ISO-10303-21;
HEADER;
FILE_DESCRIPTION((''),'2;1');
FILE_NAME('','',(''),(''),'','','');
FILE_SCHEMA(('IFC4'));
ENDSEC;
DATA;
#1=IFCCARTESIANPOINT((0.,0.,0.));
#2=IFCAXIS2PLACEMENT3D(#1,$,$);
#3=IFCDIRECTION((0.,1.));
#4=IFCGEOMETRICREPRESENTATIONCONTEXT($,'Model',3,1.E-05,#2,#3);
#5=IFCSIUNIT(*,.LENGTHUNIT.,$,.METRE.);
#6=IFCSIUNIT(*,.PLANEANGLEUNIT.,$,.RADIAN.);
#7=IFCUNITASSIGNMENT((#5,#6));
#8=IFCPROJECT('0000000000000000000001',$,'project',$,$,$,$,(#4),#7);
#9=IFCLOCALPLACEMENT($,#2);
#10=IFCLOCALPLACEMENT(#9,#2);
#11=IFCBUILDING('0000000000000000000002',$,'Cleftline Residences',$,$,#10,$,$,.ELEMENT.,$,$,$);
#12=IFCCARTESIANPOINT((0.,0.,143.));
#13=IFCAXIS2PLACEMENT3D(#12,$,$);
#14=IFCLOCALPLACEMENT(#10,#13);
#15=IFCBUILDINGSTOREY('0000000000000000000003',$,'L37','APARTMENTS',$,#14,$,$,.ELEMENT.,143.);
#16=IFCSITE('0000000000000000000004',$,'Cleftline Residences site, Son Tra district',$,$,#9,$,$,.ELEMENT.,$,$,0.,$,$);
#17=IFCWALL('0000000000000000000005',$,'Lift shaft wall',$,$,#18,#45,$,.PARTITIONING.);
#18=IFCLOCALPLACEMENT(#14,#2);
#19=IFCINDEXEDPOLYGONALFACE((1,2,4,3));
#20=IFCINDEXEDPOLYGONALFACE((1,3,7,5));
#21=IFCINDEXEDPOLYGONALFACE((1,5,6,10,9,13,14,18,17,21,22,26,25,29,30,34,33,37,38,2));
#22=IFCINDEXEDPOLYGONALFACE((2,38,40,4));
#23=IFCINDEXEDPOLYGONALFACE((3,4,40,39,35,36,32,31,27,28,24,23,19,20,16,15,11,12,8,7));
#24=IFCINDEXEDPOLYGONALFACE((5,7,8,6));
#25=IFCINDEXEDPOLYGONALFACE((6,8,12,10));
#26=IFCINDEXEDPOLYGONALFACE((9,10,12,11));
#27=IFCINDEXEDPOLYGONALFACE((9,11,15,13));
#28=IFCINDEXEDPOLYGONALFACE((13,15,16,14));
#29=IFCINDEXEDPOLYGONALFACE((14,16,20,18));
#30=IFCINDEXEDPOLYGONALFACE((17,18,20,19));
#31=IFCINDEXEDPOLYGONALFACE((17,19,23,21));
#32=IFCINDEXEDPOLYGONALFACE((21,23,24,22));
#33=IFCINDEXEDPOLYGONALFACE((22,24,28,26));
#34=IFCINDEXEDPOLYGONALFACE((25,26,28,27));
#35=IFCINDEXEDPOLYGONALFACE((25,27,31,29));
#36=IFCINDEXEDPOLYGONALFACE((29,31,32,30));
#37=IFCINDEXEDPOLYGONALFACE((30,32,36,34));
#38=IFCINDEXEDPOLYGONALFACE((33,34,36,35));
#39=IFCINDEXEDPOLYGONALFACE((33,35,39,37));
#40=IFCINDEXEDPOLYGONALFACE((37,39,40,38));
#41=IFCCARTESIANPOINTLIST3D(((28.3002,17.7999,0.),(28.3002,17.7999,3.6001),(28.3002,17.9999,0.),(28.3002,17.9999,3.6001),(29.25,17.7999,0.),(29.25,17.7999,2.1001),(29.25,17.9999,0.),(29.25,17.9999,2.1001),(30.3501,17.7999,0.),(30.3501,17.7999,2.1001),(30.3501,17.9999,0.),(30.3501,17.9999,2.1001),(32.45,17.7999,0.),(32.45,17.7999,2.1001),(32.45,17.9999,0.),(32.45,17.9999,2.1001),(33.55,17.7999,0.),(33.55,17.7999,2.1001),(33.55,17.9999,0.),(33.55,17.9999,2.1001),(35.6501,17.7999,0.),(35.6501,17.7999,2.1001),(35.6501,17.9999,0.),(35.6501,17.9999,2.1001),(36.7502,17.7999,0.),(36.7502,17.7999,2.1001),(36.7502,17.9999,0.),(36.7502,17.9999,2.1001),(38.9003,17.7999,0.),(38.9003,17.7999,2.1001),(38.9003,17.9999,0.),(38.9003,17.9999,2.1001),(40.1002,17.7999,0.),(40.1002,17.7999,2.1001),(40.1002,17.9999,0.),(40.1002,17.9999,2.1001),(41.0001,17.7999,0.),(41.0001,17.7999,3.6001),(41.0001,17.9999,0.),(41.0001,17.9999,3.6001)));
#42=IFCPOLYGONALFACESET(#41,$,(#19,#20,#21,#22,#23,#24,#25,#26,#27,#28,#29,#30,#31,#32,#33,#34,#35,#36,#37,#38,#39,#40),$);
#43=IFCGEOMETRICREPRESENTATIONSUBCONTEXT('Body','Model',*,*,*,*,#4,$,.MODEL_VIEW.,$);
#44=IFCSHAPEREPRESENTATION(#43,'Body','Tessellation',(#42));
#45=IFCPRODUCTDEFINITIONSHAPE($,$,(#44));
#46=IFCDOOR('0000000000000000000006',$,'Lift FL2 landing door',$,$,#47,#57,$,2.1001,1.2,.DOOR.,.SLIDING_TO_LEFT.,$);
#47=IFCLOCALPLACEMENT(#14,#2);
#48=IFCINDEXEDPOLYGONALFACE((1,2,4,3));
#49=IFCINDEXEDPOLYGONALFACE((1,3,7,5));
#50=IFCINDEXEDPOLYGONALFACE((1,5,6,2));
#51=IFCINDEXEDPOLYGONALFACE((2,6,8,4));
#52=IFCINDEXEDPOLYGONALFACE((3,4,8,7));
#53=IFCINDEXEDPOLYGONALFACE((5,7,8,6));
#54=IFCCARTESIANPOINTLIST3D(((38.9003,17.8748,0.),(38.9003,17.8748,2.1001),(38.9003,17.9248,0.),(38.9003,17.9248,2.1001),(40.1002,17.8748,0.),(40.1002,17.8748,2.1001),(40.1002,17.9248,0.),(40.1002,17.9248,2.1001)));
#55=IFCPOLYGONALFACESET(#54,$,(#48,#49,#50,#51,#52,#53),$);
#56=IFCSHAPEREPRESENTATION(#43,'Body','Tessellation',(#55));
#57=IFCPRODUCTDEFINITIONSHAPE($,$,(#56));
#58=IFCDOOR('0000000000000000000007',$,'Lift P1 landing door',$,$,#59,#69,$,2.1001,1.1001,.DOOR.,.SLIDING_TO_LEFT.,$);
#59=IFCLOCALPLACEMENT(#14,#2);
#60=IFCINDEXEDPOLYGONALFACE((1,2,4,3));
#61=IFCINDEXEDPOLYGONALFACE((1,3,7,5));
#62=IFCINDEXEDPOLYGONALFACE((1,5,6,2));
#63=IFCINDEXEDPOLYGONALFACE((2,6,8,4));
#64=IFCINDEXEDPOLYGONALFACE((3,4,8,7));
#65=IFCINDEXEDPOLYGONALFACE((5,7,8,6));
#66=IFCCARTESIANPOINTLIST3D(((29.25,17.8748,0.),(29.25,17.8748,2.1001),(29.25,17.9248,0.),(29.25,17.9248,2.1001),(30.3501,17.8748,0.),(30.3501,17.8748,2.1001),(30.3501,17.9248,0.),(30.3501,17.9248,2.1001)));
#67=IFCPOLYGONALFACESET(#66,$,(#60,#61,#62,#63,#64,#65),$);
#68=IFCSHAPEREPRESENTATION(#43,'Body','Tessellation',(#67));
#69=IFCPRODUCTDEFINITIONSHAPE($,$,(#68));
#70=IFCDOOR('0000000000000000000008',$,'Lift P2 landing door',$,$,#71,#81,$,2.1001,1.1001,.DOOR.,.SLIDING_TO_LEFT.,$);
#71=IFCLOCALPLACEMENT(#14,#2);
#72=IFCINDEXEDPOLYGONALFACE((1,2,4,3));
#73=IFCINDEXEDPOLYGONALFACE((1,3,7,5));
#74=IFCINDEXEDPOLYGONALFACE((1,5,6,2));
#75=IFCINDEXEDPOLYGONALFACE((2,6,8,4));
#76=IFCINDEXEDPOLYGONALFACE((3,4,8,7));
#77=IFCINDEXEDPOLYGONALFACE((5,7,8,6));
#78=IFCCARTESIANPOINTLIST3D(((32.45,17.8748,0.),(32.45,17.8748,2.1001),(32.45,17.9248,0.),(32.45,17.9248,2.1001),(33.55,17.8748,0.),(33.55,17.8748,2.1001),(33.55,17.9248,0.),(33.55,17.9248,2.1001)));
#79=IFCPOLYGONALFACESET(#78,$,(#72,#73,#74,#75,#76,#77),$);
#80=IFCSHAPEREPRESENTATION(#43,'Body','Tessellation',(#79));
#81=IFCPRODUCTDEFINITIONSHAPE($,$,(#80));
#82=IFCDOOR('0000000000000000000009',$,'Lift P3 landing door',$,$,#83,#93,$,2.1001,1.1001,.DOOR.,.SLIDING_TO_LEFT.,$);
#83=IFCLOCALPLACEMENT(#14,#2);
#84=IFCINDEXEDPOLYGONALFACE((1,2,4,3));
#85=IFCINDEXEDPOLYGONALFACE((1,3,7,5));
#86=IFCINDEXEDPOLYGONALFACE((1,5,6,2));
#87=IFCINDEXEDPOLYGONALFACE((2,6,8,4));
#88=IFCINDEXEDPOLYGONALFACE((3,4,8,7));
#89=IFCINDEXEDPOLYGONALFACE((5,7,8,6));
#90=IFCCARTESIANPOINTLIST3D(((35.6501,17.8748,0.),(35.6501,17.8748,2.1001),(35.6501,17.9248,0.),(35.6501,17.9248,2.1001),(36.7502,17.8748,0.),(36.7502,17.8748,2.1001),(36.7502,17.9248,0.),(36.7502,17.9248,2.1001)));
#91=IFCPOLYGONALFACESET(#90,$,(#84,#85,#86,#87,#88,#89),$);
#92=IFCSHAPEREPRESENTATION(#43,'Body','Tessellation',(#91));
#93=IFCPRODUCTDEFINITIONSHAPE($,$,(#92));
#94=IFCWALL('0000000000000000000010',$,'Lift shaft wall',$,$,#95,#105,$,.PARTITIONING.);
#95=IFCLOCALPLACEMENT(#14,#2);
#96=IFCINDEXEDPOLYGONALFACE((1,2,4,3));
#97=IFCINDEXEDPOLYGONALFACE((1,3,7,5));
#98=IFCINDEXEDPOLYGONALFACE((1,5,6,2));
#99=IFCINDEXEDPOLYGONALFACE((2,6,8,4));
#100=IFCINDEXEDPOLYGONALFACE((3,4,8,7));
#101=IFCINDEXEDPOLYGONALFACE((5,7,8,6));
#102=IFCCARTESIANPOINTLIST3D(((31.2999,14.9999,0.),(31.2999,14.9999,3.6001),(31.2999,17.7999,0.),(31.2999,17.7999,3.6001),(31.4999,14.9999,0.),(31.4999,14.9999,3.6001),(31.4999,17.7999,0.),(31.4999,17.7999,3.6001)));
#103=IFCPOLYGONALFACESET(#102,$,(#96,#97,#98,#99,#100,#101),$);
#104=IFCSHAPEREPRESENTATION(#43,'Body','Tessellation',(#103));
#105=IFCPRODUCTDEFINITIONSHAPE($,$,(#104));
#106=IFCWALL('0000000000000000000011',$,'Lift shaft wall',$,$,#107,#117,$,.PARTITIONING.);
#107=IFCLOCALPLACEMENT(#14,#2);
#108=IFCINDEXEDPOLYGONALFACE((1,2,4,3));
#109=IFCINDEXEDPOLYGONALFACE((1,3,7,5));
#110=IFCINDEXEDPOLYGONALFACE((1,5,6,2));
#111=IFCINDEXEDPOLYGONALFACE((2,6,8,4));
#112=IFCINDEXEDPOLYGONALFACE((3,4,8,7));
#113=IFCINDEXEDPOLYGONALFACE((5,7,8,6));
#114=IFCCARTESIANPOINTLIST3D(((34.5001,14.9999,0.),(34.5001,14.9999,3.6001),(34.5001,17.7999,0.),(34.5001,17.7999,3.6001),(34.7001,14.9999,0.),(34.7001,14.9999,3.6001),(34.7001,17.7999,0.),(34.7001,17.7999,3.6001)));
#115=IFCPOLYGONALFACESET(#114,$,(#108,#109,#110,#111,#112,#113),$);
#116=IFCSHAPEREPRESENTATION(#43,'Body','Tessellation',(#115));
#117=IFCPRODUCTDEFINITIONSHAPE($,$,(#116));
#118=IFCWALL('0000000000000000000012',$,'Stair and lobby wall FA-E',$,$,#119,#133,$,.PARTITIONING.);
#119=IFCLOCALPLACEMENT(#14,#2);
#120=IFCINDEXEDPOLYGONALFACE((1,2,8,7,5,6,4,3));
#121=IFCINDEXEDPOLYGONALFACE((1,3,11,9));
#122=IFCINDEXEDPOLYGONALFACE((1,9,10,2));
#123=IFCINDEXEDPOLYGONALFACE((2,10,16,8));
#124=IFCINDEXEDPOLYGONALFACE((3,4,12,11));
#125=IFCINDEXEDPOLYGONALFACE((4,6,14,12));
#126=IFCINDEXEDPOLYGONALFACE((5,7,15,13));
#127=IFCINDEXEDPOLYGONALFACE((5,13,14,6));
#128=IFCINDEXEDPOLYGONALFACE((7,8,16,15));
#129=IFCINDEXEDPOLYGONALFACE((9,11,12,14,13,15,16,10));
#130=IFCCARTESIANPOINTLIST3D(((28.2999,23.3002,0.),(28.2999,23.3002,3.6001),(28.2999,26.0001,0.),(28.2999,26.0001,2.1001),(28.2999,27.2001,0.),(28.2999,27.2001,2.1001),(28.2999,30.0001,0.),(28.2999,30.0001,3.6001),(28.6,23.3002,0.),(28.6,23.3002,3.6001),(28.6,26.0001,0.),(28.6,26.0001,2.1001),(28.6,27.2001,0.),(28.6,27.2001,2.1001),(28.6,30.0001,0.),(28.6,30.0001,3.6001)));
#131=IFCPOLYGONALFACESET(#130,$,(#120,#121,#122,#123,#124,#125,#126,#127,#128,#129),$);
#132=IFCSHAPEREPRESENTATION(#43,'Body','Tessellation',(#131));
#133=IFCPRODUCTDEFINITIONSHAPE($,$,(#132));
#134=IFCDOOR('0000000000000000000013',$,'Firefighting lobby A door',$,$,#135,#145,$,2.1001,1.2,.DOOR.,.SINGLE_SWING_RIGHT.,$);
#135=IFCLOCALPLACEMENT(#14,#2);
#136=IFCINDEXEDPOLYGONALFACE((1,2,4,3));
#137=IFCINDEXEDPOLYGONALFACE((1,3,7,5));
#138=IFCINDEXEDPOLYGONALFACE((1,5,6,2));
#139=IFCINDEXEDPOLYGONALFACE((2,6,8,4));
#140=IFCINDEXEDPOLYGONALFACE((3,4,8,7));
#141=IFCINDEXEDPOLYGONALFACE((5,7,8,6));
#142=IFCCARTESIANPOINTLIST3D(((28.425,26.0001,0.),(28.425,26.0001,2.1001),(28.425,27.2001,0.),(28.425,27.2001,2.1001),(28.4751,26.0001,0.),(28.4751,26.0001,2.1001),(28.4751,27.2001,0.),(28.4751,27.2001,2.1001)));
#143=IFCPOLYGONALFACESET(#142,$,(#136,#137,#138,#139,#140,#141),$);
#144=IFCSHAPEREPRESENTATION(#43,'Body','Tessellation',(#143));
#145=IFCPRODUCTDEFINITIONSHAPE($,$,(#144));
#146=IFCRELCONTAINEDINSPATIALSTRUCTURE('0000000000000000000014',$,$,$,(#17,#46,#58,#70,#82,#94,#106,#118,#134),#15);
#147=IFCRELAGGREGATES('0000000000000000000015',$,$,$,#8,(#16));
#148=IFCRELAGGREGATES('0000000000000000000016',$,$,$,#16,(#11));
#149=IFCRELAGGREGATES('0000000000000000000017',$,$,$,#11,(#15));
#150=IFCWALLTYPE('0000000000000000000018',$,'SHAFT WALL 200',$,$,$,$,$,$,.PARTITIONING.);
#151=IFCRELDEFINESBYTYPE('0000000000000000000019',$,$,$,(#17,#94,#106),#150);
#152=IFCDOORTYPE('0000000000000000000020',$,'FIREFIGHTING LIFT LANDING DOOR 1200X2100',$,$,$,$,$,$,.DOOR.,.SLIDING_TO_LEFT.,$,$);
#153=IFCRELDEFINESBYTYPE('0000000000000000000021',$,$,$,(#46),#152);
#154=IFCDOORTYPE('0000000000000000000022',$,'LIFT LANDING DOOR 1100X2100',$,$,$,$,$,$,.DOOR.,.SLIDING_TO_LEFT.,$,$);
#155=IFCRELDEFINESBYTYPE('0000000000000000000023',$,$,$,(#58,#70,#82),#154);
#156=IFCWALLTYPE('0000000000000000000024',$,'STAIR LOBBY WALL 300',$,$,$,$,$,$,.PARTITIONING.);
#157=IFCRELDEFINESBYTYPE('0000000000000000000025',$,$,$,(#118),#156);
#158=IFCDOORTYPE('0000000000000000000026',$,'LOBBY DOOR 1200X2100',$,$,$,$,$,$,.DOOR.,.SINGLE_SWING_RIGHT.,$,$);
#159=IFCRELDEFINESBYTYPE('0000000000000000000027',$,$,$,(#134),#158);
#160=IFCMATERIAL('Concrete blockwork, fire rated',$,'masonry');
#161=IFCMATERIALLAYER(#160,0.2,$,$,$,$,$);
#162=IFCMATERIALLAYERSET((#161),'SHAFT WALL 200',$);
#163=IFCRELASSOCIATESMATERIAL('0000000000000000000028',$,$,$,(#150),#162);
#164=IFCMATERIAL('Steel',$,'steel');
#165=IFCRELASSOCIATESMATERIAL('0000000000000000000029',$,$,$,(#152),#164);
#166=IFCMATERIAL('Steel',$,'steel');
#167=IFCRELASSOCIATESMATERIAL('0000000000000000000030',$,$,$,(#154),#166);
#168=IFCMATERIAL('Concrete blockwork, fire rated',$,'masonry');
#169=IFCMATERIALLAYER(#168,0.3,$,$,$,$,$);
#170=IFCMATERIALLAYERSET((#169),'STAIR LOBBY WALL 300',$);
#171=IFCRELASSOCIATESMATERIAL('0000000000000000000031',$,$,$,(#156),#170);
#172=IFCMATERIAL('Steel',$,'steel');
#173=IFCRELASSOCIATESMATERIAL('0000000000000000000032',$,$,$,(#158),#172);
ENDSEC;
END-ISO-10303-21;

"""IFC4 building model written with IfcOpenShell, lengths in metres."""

from ifc_helpers import new_model, si_unit, direction, frame, frame_2d, origin, place, context, subcontext, project, spatial, rectangle, extrude, material, layer, layer_set, type_object, element, fill, save


model = new_model("IFC4")

# Units and contexts
model_context = context("Model", 3, precision=1e-05, world=origin(), true_north=direction((0.0, 1.0)))
body_context = subcontext(model_context, "Body", "Model", "MODEL_VIEW")
ifc_project = project(units=[si_unit("LENGTHUNIT", "METRE"), si_unit("PLANEANGLEUNIT", "RADIAN")], contexts=[model_context])

# Site, building, storey
site_placement = place(None, origin())
site = spatial("IfcSite", under=ifc_project, at=site_placement, Name="Cleftline Residences site, Son Tra district", CompositionType="ELEMENT", RefElevation=0.0)
building_placement = place(site_placement, origin())
building = spatial("IfcBuilding", under=site, at=building_placement, Name="Cleftline Residences", CompositionType="ELEMENT")
storey_placement = place(building_placement, frame((0.0, 0.0, 143.0)))
storey = spatial("IfcBuildingStorey", under=building, at=storey_placement, Name="L37", Description="APARTMENTS", CompositionType="ELEMENT", Elevation=143.0)

# Wall, openings, doors
ifc_material_1 = material(Name="Concrete blockwork, fire rated", Category="masonry")
ifc_layer_1 = layer(ifc_material_1, 0.2)
ifc_layer_set_1 = layer_set([ifc_layer_1], Name="SHAFT WALL 200")
wall_type_1 = type_object("IfcWallType", Name="SHAFT WALL 200", PredefinedType="PARTITIONING", material=ifc_layer_set_1)
wall_1_placement = place(storey_placement, frame((28.3, 17.8999, 0.0), z_axis=(0.0, 0.0, 1.0), x_axis=(1.0, 0.0, 0.0)))
wall_1 = element("IfcWall", 1, at=wall_1_placement, inside=storey, type_object=wall_type_1, Name="Lift shaft wall", PredefinedType="PARTITIONING", context=body_context, shape_type="SweptSolid", body=[
    extrude(rectangle(XDim=12.7, YDim=0.2, at=frame_2d((6.3501, 0.0))), origin(), (0.0, 0.0, 1.0), 3.6001),
])
opening_1_placement = place(wall_1_placement, frame((0.95, 0.0, 0.0)))
opening_1 = element("IfcOpeningElement", 2, at=opening_1_placement, cuts=wall_1, PredefinedType="OPENING", context=body_context, shape_type="SweptSolid", body=[
    extrude(rectangle(XDim=1.1001, YDim=2.1001, at=frame_2d((0.55, 1.05))), frame((0.0, 0.1099, 0.0), z_axis=(0.0, -1.0, 0.0), x_axis=(1.0, 0.0, 0.0)), (0.0, 0.0, 1.0), 0.22),
])
opening_2_placement = place(wall_1_placement, frame((4.1499, 0.0, 0.0)))
opening_2 = element("IfcOpeningElement", 3, at=opening_2_placement, cuts=wall_1, PredefinedType="OPENING", context=body_context, shape_type="SweptSolid", body=[
    extrude(rectangle(XDim=1.1001, YDim=2.1001, at=frame_2d((0.55, 1.05))), frame((0.0, 0.1099, 0.0), z_axis=(0.0, -1.0, 0.0), x_axis=(1.0, 0.0, 0.0)), (0.0, 0.0, 1.0), 0.22),
])
opening_3_placement = place(wall_1_placement, frame((7.3501, 0.0, 0.0)))
opening_3 = element("IfcOpeningElement", 4, at=opening_3_placement, cuts=wall_1, PredefinedType="OPENING", context=body_context, shape_type="SweptSolid", body=[
    extrude(rectangle(XDim=1.1001, YDim=2.1001, at=frame_2d((0.55, 1.05))), frame((0.0, 0.1099, 0.0), z_axis=(0.0, -1.0, 0.0), x_axis=(1.0, 0.0, 0.0)), (0.0, 0.0, 1.0), 0.22),
])
opening_4_placement = place(wall_1_placement, frame((10.6001, 0.0, 0.0)))
opening_4 = element("IfcOpeningElement", 5, at=opening_4_placement, cuts=wall_1, PredefinedType="OPENING", context=body_context, shape_type="SweptSolid", body=[
    extrude(rectangle(XDim=1.2, YDim=2.1001, at=frame_2d((0.6001, 1.05))), frame((0.0, 0.1099, 0.0), z_axis=(0.0, -1.0, 0.0), x_axis=(1.0, 0.0, 0.0)), (0.0, 0.0, 1.0), 0.22),
])
ifc_material_2 = material(Name="Steel", Category="steel")
door_type_1 = type_object("IfcDoorType", Name="FIREFIGHTING LIFT LANDING DOOR 1200X2100", OperationType="SLIDING_TO_LEFT", PredefinedType="DOOR", material=ifc_material_2)
door_1_placement = place(opening_4_placement, origin())
door_1 = element("IfcDoor", 6, at=door_1_placement, inside=storey, type_object=door_type_1, Name="Lift FL2 landing door", OperationType="SLIDING_TO_LEFT", OverallHeight=2.1001, OverallWidth=1.2, PredefinedType="DOOR", context=body_context, shape_type="SweptSolid", body=[
    extrude(rectangle(XDim=1.2, YDim=2.1001, at=frame_2d((0.6001, 1.05))), frame((0.0, 0.0249, 0.0), z_axis=(0.0, -1.0, 0.0), x_axis=(1.0, 0.0, 0.0)), (0.0, 0.0, 1.0), 0.05),
])
fill(opening_4, door_1)
ifc_material_3 = material(Name="Steel", Category="steel")
door_type_2 = type_object("IfcDoorType", Name="LIFT LANDING DOOR 1100X2100", OperationType="SLIDING_TO_LEFT", PredefinedType="DOOR", material=ifc_material_3)
door_2_placement = place(opening_1_placement, origin())
door_2 = element("IfcDoor", 7, at=door_2_placement, inside=storey, type_object=door_type_2, Name="Lift P1 landing door", OperationType="SLIDING_TO_LEFT", OverallHeight=2.1001, OverallWidth=1.1001, PredefinedType="DOOR", context=body_context, shape_type="SweptSolid", body=[
    extrude(rectangle(XDim=1.1001, YDim=2.1001, at=frame_2d((0.55, 1.05))), frame((0.0, 0.0249, 0.0), z_axis=(0.0, -1.0, 0.0), x_axis=(1.0, 0.0, 0.0)), (0.0, 0.0, 1.0), 0.05),
])
fill(opening_1, door_2)
door_3_placement = place(opening_2_placement, origin())
door_3 = element("IfcDoor", 8, at=door_3_placement, inside=storey, type_object=door_type_2, Name="Lift P2 landing door", OperationType="SLIDING_TO_LEFT", OverallHeight=2.1001, OverallWidth=1.1001, PredefinedType="DOOR", context=body_context, shape_type="SweptSolid", body=[
    extrude(rectangle(XDim=1.1001, YDim=2.1001, at=frame_2d((0.55, 1.05))), frame((0.0, 0.0249, 0.0), z_axis=(0.0, -1.0, 0.0), x_axis=(1.0, 0.0, 0.0)), (0.0, 0.0, 1.0), 0.05),
])
fill(opening_2, door_3)
door_4_placement = place(opening_3_placement, origin())
door_4 = element("IfcDoor", 9, at=door_4_placement, inside=storey, type_object=door_type_2, Name="Lift P3 landing door", OperationType="SLIDING_TO_LEFT", OverallHeight=2.1001, OverallWidth=1.1001, PredefinedType="DOOR", context=body_context, shape_type="SweptSolid", body=[
    extrude(rectangle(XDim=1.1001, YDim=2.1001, at=frame_2d((0.55, 1.05))), frame((0.0, 0.0249, 0.0), z_axis=(0.0, -1.0, 0.0), x_axis=(1.0, 0.0, 0.0)), (0.0, 0.0, 1.0), 0.05),
])
fill(opening_3, door_4)

# Walls
for number, where, z_axis, x_axis, name in (
    (10, (31.3999, 15.0, 0.0), (0.0, 0.0, 1.0), (0.0, 1.0, 0.0), "Lift shaft wall"),
    (11, (34.6001, 15.0, 0.0), (0.0, 0.0, 1.0), (0.0, 1.0, 0.0), "Lift shaft wall"),
):
    element("IfcWall", number, at=place(storey_placement, frame(where, z_axis=z_axis, x_axis=x_axis)), inside=storey, type_object=wall_type_1, Name=name, PredefinedType="PARTITIONING", context=body_context, shape_type="SweptSolid", body=[
        extrude(rectangle(XDim=2.8, YDim=0.2, at=frame_2d((1.3999, 0.0))), origin(), (0.0, 0.0, 1.0), 3.6001),
    ])

# Wall, opening, door
ifc_material_4 = material(Name="Concrete blockwork, fire rated", Category="masonry")
ifc_layer_2 = layer(ifc_material_4, 0.3)
ifc_layer_set_2 = layer_set([ifc_layer_2], Name="STAIR LOBBY WALL 300")
wall_type_2 = type_object("IfcWallType", Name="STAIR LOBBY WALL 300", PredefinedType="PARTITIONING", material=ifc_layer_set_2)
wall_2_placement = place(storey_placement, frame((28.45, 23.3, 0.0), z_axis=(0.0, 0.0, 1.0), x_axis=(0.0, 1.0, 0.0)))
wall_2 = element("IfcWall", 12, at=wall_2_placement, inside=storey, type_object=wall_type_2, Name="Stair and lobby wall FA-E", PredefinedType="PARTITIONING", context=body_context, shape_type="SweptSolid", body=[
    extrude(rectangle(XDim=6.7, YDim=0.3, at=frame_2d((3.3501, 0.0))), origin(), (0.0, 0.0, 1.0), 3.6001),
])
opening_5_placement = place(wall_2_placement, frame((2.7, 0.0, 0.0)))
opening_5 = element("IfcOpeningElement", 13, at=opening_5_placement, cuts=wall_2, PredefinedType="OPENING", context=body_context, shape_type="SweptSolid", body=[
    extrude(rectangle(XDim=1.2, YDim=2.1001, at=frame_2d((0.6001, 1.05))), frame((0.0, 0.1599, 0.0), z_axis=(0.0, -1.0, 0.0), x_axis=(1.0, 0.0, 0.0)), (0.0, 0.0, 1.0), 0.3201),
])
ifc_material_5 = material(Name="Steel", Category="steel")
door_type_3 = type_object("IfcDoorType", Name="LOBBY DOOR 1200X2100", OperationType="SINGLE_SWING_RIGHT", PredefinedType="DOOR", material=ifc_material_5)
door_5_placement = place(opening_5_placement, origin())
door_5 = element("IfcDoor", 14, at=door_5_placement, inside=storey, type_object=door_type_3, Name="Firefighting lobby A door", OperationType="SINGLE_SWING_RIGHT", OverallHeight=2.1001, OverallWidth=1.2, PredefinedType="DOOR", context=body_context, shape_type="SweptSolid", body=[
    extrude(rectangle(XDim=1.2, YDim=2.1001, at=frame_2d((0.6001, 1.05))), frame((0.0, 0.0249, 0.0), z_axis=(0.0, -1.0, 0.0), x_axis=(1.0, 0.0, 0.0)), (0.0, 0.0, 1.0), 0.05),
])
fill(opening_5, door_5)

save(model, "model.ifc")
